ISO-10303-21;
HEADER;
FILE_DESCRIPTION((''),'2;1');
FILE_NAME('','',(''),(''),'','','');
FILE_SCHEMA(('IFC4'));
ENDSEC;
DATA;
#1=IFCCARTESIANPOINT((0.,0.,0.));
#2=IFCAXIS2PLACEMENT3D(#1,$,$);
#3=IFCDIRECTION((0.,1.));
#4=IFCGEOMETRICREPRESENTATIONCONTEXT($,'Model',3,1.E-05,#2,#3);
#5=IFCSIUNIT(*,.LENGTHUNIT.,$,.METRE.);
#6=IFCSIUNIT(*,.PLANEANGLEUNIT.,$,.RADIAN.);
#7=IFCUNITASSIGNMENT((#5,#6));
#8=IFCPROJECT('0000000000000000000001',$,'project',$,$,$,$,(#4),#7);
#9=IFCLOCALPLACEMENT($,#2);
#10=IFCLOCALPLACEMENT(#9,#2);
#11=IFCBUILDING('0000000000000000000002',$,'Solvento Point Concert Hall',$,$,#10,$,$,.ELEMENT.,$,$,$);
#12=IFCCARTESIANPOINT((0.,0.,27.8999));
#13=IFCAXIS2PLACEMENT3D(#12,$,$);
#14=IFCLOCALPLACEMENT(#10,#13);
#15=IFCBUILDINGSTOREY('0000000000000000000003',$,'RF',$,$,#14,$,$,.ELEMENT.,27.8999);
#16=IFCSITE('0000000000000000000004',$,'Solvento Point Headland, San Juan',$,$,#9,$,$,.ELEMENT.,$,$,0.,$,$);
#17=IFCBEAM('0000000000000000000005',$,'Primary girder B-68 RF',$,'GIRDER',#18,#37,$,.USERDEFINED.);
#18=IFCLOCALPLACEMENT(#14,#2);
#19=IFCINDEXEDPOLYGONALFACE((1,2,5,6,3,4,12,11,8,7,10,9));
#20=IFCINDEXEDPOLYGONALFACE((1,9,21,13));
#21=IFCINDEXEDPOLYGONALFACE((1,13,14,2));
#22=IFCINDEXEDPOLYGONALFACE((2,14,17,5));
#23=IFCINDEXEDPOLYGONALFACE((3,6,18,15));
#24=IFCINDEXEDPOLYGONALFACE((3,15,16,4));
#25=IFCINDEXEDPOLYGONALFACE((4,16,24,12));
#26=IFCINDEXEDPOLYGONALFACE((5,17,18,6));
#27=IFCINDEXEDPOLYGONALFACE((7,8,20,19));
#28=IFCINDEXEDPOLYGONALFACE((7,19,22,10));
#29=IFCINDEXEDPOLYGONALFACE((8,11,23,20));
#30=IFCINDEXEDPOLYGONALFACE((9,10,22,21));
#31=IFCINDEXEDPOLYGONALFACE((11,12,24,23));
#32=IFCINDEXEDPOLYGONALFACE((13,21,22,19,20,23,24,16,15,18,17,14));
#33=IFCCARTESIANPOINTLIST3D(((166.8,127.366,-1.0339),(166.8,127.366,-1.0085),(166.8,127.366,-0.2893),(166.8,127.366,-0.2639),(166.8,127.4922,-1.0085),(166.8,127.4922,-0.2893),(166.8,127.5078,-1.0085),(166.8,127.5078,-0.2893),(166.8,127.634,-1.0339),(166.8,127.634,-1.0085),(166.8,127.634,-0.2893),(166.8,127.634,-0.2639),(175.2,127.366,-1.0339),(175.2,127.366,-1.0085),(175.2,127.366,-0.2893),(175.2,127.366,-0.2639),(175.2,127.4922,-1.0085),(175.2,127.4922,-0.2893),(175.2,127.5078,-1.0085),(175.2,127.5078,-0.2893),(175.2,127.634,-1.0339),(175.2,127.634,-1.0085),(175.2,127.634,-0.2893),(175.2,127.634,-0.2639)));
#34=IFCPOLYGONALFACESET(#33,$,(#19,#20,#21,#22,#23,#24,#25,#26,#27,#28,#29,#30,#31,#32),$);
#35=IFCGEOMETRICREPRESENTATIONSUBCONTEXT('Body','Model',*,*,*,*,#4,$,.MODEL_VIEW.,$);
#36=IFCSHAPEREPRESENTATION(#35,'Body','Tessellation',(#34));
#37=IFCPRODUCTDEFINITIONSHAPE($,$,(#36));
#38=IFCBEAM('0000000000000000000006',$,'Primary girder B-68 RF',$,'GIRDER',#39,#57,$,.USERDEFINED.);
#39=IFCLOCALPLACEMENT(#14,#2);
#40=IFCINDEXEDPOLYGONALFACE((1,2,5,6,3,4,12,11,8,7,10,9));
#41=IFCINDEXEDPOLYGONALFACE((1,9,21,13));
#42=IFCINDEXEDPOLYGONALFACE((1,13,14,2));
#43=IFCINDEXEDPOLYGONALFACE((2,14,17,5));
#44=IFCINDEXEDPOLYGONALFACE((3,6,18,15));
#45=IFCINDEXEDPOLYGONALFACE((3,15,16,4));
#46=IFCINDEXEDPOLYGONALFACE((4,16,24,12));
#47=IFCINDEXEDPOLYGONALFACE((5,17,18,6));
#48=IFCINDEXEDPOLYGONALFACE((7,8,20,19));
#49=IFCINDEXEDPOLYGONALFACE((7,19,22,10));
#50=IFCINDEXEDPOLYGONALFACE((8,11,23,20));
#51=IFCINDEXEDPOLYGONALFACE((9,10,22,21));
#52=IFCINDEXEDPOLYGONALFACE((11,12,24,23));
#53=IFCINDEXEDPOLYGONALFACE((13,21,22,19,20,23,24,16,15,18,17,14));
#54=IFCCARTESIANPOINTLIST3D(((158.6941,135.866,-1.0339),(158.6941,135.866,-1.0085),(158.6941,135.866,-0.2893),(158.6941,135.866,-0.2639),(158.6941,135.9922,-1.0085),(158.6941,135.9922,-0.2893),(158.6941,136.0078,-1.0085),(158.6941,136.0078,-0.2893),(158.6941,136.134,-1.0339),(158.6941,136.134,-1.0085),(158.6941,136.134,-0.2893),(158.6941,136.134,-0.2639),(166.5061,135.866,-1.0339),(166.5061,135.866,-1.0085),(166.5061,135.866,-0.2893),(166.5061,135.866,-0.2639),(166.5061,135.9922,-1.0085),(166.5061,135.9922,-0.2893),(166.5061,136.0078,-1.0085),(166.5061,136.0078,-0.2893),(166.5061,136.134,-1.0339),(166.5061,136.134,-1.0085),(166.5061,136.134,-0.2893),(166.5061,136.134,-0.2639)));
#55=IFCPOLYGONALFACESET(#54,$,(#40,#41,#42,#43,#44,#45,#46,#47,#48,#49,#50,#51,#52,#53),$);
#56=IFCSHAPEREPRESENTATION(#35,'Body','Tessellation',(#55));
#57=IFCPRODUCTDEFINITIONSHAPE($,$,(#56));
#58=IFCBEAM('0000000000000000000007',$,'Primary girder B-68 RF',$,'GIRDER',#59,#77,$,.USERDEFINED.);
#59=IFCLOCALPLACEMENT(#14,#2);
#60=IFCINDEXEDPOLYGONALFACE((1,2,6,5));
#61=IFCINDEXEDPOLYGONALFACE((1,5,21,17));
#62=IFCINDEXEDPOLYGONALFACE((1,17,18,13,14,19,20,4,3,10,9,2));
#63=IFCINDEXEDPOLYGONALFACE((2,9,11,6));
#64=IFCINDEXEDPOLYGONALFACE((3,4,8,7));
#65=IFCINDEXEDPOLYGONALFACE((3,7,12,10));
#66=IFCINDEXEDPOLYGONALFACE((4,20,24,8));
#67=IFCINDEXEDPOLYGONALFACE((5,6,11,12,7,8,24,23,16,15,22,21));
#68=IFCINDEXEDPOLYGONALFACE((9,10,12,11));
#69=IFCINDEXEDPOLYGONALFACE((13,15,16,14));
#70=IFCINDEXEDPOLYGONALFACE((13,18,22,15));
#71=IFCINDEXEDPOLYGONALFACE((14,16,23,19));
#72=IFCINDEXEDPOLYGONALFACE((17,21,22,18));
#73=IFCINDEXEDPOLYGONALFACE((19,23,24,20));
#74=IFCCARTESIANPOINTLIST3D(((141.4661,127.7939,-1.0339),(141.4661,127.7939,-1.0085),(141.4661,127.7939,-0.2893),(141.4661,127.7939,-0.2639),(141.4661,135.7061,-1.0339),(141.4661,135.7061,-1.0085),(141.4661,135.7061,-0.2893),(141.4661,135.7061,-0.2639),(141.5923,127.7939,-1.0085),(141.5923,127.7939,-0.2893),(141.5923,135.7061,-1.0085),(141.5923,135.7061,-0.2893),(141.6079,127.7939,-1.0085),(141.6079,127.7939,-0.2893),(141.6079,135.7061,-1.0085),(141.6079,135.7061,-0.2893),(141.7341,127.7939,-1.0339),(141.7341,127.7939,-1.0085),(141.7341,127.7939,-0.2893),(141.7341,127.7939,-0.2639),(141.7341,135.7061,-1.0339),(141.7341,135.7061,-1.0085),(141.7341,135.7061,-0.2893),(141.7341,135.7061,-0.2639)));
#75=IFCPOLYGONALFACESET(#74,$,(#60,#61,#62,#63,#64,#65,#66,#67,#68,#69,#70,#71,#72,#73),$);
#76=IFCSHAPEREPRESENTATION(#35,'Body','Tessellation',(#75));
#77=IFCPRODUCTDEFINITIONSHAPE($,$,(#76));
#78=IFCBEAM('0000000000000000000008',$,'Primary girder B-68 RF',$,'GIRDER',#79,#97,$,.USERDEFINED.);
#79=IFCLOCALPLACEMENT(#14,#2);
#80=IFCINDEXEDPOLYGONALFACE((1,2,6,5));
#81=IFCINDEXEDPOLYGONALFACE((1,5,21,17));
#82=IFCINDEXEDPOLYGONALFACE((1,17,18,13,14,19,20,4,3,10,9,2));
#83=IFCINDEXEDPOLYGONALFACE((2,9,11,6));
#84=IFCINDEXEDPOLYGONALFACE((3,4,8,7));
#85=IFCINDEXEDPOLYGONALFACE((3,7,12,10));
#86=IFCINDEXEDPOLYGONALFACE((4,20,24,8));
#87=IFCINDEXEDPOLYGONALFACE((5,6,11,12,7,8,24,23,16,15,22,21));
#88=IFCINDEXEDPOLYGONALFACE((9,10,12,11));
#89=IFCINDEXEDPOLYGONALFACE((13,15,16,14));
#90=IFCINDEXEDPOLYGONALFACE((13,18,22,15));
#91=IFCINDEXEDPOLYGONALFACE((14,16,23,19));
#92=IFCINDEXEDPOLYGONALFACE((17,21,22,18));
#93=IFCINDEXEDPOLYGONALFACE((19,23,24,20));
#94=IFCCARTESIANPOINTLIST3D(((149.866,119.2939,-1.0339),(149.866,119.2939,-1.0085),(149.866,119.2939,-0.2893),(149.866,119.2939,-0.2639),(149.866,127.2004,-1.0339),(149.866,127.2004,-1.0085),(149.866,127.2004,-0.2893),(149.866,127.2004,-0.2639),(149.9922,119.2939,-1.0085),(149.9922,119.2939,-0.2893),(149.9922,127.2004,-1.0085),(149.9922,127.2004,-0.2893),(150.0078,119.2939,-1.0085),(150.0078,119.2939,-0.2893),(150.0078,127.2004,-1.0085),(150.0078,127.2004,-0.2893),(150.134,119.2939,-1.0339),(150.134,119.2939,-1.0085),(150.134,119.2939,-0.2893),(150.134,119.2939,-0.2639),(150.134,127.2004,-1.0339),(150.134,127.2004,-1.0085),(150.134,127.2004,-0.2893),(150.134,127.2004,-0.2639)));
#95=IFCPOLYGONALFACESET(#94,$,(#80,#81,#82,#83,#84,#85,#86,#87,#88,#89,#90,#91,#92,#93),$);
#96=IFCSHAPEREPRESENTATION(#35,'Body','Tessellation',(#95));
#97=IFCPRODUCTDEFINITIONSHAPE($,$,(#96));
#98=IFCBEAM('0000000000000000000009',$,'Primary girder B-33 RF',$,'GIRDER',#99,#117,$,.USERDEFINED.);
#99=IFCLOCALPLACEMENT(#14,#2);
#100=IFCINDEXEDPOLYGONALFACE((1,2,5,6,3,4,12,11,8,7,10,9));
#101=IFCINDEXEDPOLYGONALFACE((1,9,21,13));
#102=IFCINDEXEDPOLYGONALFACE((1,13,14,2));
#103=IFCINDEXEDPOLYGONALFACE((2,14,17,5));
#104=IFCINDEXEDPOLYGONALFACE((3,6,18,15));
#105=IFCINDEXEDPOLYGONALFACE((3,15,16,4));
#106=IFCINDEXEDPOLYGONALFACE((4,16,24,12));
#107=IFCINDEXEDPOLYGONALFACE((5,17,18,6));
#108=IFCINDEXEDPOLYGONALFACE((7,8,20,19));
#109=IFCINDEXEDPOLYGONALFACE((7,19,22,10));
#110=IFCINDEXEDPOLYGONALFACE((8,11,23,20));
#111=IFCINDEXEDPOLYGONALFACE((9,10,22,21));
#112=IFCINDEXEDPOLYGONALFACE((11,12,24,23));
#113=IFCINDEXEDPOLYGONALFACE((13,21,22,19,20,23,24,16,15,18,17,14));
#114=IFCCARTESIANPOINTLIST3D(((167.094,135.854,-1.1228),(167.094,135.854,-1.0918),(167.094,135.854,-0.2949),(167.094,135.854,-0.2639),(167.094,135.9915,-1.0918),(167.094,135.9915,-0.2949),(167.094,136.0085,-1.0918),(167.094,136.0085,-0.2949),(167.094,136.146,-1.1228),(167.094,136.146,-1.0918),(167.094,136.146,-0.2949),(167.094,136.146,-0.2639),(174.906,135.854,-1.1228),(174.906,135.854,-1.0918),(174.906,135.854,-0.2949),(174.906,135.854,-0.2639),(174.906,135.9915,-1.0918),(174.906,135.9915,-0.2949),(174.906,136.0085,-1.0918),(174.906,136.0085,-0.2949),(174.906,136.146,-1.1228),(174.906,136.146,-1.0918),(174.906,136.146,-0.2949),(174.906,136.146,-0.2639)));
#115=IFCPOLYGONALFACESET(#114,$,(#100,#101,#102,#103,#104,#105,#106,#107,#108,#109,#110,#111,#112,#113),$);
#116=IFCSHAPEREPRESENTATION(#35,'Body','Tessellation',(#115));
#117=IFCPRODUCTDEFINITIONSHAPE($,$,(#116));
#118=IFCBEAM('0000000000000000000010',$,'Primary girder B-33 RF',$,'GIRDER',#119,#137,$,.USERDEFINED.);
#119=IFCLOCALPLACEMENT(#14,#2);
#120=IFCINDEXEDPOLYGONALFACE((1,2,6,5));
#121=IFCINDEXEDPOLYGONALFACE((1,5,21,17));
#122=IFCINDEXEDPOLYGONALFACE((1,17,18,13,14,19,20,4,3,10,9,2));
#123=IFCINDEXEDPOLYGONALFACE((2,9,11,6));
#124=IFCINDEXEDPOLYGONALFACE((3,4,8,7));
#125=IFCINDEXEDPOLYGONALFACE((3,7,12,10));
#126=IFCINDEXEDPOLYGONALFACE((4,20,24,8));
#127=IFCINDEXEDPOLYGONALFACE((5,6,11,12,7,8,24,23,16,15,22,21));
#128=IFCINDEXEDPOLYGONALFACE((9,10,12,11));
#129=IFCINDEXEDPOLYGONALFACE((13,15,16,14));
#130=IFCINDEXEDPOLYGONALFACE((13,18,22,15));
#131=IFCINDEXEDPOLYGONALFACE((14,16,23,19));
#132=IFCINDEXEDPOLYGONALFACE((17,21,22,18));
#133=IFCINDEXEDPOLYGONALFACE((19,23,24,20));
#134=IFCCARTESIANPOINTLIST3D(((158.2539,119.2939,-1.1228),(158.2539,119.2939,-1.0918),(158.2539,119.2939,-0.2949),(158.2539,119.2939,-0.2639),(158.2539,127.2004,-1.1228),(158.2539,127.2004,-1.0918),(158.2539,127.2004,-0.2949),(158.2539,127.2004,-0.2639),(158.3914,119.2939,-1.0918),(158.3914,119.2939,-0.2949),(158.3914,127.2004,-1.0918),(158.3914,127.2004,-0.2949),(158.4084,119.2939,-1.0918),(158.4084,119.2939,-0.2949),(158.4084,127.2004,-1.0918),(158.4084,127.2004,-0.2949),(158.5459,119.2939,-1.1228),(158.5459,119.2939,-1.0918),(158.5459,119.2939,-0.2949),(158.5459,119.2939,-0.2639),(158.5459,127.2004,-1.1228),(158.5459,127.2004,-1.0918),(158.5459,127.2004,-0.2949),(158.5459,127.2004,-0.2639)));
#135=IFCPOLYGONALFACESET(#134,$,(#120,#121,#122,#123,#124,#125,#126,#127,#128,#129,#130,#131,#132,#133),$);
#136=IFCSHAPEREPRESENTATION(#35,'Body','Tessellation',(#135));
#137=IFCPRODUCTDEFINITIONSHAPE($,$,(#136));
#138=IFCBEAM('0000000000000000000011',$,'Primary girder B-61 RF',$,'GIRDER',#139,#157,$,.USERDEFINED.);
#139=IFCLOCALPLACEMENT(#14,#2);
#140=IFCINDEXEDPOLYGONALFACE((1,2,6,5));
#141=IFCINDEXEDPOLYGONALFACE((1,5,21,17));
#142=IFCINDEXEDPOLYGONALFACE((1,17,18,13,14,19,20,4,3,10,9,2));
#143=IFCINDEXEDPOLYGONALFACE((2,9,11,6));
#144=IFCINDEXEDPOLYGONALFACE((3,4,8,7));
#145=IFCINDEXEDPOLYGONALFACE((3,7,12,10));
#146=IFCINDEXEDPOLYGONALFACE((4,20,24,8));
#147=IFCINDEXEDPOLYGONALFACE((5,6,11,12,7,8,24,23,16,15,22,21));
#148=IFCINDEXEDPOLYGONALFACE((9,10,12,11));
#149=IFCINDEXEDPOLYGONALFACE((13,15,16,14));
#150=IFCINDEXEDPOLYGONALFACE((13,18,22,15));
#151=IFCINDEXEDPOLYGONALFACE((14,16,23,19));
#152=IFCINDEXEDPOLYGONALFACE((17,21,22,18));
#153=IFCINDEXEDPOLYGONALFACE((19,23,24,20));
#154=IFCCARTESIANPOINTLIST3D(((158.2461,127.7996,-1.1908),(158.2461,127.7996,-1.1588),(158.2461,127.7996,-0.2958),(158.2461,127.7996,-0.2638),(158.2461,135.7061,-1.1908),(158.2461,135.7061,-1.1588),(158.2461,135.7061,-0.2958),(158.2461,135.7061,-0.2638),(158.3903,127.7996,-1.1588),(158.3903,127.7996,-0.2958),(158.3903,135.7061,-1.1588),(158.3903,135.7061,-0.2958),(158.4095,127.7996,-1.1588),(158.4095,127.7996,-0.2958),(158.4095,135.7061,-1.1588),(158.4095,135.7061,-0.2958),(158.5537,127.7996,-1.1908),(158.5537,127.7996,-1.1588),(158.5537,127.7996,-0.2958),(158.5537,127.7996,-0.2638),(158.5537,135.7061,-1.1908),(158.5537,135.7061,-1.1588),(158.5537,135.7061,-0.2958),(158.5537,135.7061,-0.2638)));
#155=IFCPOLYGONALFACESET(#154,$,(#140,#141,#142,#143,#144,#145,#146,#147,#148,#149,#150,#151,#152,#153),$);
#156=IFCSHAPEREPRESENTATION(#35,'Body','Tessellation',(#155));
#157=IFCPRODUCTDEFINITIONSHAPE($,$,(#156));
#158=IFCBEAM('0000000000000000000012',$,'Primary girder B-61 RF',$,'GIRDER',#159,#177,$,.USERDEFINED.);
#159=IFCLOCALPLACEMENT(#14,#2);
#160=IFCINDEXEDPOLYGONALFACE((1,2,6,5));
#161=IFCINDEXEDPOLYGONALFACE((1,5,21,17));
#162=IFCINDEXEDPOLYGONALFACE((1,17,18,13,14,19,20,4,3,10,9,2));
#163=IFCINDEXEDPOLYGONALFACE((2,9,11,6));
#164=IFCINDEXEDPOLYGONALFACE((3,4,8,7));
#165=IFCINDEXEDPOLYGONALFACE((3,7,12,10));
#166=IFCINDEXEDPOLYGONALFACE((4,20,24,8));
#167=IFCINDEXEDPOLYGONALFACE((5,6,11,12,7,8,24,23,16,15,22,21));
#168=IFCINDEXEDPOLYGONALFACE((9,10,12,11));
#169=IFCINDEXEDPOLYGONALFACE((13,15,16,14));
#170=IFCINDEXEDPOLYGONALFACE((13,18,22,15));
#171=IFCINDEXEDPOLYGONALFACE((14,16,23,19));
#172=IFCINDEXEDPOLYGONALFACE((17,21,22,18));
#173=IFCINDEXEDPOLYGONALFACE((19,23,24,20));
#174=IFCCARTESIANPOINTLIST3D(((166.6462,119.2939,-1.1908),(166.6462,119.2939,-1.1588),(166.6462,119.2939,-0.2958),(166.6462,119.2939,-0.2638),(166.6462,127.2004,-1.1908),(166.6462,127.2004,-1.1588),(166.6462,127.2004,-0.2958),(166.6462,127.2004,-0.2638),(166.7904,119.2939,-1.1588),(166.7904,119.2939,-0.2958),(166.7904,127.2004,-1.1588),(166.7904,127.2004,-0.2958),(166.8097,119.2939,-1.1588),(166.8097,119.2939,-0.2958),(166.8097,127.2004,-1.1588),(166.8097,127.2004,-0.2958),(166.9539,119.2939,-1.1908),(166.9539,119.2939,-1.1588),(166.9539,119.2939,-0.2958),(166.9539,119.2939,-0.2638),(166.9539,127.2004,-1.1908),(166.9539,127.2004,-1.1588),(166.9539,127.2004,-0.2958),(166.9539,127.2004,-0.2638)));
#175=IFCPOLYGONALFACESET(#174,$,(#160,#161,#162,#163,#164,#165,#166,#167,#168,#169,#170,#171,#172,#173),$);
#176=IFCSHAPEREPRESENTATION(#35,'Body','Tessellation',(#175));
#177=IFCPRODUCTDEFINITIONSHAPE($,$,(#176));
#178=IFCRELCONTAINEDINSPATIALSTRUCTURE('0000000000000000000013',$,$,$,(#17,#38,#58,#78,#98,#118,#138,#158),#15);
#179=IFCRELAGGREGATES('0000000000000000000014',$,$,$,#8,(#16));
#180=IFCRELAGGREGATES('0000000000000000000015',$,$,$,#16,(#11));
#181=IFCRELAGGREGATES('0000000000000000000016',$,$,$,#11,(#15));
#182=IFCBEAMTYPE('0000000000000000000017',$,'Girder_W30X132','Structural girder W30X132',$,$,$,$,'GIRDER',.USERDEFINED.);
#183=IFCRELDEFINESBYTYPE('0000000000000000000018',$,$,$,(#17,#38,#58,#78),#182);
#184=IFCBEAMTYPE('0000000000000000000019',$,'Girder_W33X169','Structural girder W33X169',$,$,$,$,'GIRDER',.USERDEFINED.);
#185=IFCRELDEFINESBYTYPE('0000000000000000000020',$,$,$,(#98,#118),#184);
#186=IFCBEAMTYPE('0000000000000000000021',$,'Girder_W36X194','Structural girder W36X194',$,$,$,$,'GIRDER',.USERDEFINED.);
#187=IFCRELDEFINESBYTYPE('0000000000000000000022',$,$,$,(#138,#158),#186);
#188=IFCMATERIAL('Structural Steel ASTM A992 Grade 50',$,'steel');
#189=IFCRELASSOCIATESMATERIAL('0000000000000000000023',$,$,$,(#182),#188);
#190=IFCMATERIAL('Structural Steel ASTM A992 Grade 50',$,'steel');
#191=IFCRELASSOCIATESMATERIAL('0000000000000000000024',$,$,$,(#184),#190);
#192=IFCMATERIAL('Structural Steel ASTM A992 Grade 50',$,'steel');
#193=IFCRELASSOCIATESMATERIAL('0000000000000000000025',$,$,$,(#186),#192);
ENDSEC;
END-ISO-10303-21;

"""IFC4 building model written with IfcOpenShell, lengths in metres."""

from ifc_helpers import new_model, si_unit, direction, frame, origin, origin_2d, place, context, subcontext, project, spatial, i_section, extrude, material, material_profile, profile_set, type_object, element, save


model = new_model("IFC4")

# Units and contexts
model_context = context("Model", 3, precision=1e-05, world=origin(), true_north=direction((0.0, 1.0)))
body_context = subcontext(model_context, "Body", "Model", "MODEL_VIEW")
ifc_project = project(units=[si_unit("LENGTHUNIT", "METRE"), si_unit("PLANEANGLEUNIT", "RADIAN")], contexts=[model_context])

# Site, building, storey
site_placement = place(None, origin())
site = spatial("IfcSite", under=ifc_project, at=site_placement, Name="Solvento Point Headland, San Juan", CompositionType="ELEMENT", RefElevation=0.0)
building_placement = place(site_placement, origin())
building = spatial("IfcBuilding", under=site, at=building_placement, Name="Solvento Point Concert Hall", CompositionType="ELEMENT")
storey_placement = place(building_placement, frame((0.0, 0.0, 27.8999)))
storey = spatial("IfcBuildingStorey", under=building, at=storey_placement, Name="RF", CompositionType="ELEMENT", Elevation=27.8999)

# Beams
ifc_material_1 = material(Name="Structural Steel ASTM A992 Grade 50", Category="steel")
ifc_material_profile_1 = material_profile(ifc_material_1, i_section(OverallWidth=0.2681, OverallDepth=0.77, WebThickness=0.0156, FlangeThickness=0.0254, at=origin_2d()), Name="W30X132")
ifc_profile_set_1 = profile_set([ifc_material_profile_1], Name="Structural Steel ASTM A992 Grade 50")
beam_type_1 = type_object("IfcBeamType", Name="Girder_W30X132", Description="Structural girder W30X132", ElementType="GIRDER", PredefinedType="USERDEFINED", material=ifc_profile_set_1)
beam_1_placement = place(storey_placement, frame((166.8, 127.5, -0.6489), z_axis=(1.0, 0.0, 0.0), x_axis=(0.0, 1.0, 0.0)))
element("IfcBeam", 1, at=beam_1_placement, inside=storey, type_object=beam_type_1, Name="Primary girder B-68 RF", ObjectType="GIRDER", PredefinedType="USERDEFINED", context=body_context, shape_type="SweptSolid", body=[
    extrude(i_section(OverallWidth=0.2681, OverallDepth=0.77, WebThickness=0.0156, FlangeThickness=0.0254, at=origin_2d()), origin(), (0.0, 0.0, 1.0), 8.3999),
])
beam_2_placement = place(storey_placement, frame((158.6941, 136.0, -0.6489), z_axis=(1.0, 0.0, 0.0), x_axis=(0.0, 1.0, 0.0)))
element("IfcBeam", 2, at=beam_2_placement, inside=storey, type_object=beam_type_1, Name="Primary girder B-68 RF", ObjectType="GIRDER", PredefinedType="USERDEFINED", context=body_context, shape_type="SweptSolid", body=[
    extrude(i_section(OverallWidth=0.2681, OverallDepth=0.77, WebThickness=0.0156, FlangeThickness=0.0254, at=origin_2d()), origin(), (0.0, 0.0, 1.0), 7.812),
])
beam_3_placement = place(storey_placement, frame((141.6001, 127.7939, -0.6489), z_axis=(0.0, 1.0, 0.0), x_axis=(-1.0, 0.0, 0.0)))
element("IfcBeam", 3, at=beam_3_placement, inside=storey, type_object=beam_type_1, Name="Primary girder B-68 RF", ObjectType="GIRDER", PredefinedType="USERDEFINED", context=body_context, shape_type="SweptSolid", body=[
    extrude(i_section(OverallWidth=0.2681, OverallDepth=0.77, WebThickness=0.0156, FlangeThickness=0.0254, at=origin_2d()), origin(), (0.0, 0.0, 1.0), 7.9121),
])
beam_4_placement = place(storey_placement, frame((150.0, 119.2939, -0.6489), z_axis=(0.0, 1.0, 0.0), x_axis=(-1.0, 0.0, 0.0)))
element("IfcBeam", 4, at=beam_4_placement, inside=storey, type_object=beam_type_1, Name="Primary girder B-68 RF", ObjectType="GIRDER", PredefinedType="USERDEFINED", context=body_context, shape_type="SweptSolid", body=[
    extrude(i_section(OverallWidth=0.2681, OverallDepth=0.77, WebThickness=0.0156, FlangeThickness=0.0254, at=origin_2d()), origin(), (0.0, 0.0, 1.0), 7.9065),
])
ifc_material_2 = material(Name="Structural Steel ASTM A992 Grade 50", Category="steel")
ifc_material_profile_2 = material_profile(ifc_material_2, i_section(OverallWidth=0.292, OverallDepth=0.8589, WebThickness=0.0171, FlangeThickness=0.031, at=origin_2d()), Name="W33X169")
ifc_profile_set_2 = profile_set([ifc_material_profile_2], Name="Structural Steel ASTM A992 Grade 50")
beam_type_2 = type_object("IfcBeamType", Name="Girder_W33X169", Description="Structural girder W33X169", ElementType="GIRDER", PredefinedType="USERDEFINED", material=ifc_profile_set_2)
beam_5_placement = place(storey_placement, frame((167.094, 136.0, -0.6934), z_axis=(1.0, 0.0, 0.0), x_axis=(0.0, 1.0, 0.0)))
element("IfcBeam", 5, at=beam_5_placement, inside=storey, type_object=beam_type_2, Name="Primary girder B-33 RF", ObjectType="GIRDER", PredefinedType="USERDEFINED", context=body_context, shape_type="SweptSolid", body=[
    extrude(i_section(OverallWidth=0.292, OverallDepth=0.8589, WebThickness=0.0171, FlangeThickness=0.031, at=origin_2d()), origin(), (0.0, 0.0, 1.0), 7.812),
])
beam_6_placement = place(storey_placement, frame((158.3999, 119.2939, -0.6934), z_axis=(0.0, 1.0, 0.0), x_axis=(-1.0, 0.0, 0.0)))
element("IfcBeam", 6, at=beam_6_placement, inside=storey, type_object=beam_type_2, Name="Primary girder B-33 RF", ObjectType="GIRDER", PredefinedType="USERDEFINED", context=body_context, shape_type="SweptSolid", body=[
    extrude(i_section(OverallWidth=0.292, OverallDepth=0.8589, WebThickness=0.0171, FlangeThickness=0.031, at=origin_2d()), origin(), (0.0, 0.0, 1.0), 7.9065),
])
ifc_material_3 = material(Name="Structural Steel ASTM A992 Grade 50", Category="steel")
ifc_material_profile_3 = material_profile(ifc_material_3, i_section(OverallWidth=0.3076, OverallDepth=0.927, WebThickness=0.0193, FlangeThickness=0.032, at=origin_2d()), Name="W36X194")
ifc_profile_set_3 = profile_set([ifc_material_profile_3], Name="Structural Steel ASTM A992 Grade 50")
beam_type_3 = type_object("IfcBeamType", Name="Girder_W36X194", Description="Structural girder W36X194", ElementType="GIRDER", PredefinedType="USERDEFINED", material=ifc_profile_set_3)
for number, where, z_axis, x_axis, name in (
    (7, (158.3999, 127.7996, -0.7273), (0.0, 1.0, 0.0), (-1.0, 0.0, 0.0), "Primary girder B-61 RF"),
    (8, (166.8, 119.2939, -0.7273), (0.0, 1.0, 0.0), (-1.0, 0.0, 0.0), "Primary girder B-61 RF"),
):
    element("IfcBeam", number, at=place(storey_placement, frame(where, z_axis=z_axis, x_axis=x_axis)), inside=storey, type_object=beam_type_3, Name=name, ObjectType="GIRDER", PredefinedType="USERDEFINED", context=body_context, shape_type="SweptSolid", body=[
        extrude(i_section(OverallWidth=0.3076, OverallDepth=0.927, WebThickness=0.0193, FlangeThickness=0.032, at=origin_2d()), origin(), (0.0, 0.0, 1.0), 7.9065),
    ])

save(model, "model.ifc")
